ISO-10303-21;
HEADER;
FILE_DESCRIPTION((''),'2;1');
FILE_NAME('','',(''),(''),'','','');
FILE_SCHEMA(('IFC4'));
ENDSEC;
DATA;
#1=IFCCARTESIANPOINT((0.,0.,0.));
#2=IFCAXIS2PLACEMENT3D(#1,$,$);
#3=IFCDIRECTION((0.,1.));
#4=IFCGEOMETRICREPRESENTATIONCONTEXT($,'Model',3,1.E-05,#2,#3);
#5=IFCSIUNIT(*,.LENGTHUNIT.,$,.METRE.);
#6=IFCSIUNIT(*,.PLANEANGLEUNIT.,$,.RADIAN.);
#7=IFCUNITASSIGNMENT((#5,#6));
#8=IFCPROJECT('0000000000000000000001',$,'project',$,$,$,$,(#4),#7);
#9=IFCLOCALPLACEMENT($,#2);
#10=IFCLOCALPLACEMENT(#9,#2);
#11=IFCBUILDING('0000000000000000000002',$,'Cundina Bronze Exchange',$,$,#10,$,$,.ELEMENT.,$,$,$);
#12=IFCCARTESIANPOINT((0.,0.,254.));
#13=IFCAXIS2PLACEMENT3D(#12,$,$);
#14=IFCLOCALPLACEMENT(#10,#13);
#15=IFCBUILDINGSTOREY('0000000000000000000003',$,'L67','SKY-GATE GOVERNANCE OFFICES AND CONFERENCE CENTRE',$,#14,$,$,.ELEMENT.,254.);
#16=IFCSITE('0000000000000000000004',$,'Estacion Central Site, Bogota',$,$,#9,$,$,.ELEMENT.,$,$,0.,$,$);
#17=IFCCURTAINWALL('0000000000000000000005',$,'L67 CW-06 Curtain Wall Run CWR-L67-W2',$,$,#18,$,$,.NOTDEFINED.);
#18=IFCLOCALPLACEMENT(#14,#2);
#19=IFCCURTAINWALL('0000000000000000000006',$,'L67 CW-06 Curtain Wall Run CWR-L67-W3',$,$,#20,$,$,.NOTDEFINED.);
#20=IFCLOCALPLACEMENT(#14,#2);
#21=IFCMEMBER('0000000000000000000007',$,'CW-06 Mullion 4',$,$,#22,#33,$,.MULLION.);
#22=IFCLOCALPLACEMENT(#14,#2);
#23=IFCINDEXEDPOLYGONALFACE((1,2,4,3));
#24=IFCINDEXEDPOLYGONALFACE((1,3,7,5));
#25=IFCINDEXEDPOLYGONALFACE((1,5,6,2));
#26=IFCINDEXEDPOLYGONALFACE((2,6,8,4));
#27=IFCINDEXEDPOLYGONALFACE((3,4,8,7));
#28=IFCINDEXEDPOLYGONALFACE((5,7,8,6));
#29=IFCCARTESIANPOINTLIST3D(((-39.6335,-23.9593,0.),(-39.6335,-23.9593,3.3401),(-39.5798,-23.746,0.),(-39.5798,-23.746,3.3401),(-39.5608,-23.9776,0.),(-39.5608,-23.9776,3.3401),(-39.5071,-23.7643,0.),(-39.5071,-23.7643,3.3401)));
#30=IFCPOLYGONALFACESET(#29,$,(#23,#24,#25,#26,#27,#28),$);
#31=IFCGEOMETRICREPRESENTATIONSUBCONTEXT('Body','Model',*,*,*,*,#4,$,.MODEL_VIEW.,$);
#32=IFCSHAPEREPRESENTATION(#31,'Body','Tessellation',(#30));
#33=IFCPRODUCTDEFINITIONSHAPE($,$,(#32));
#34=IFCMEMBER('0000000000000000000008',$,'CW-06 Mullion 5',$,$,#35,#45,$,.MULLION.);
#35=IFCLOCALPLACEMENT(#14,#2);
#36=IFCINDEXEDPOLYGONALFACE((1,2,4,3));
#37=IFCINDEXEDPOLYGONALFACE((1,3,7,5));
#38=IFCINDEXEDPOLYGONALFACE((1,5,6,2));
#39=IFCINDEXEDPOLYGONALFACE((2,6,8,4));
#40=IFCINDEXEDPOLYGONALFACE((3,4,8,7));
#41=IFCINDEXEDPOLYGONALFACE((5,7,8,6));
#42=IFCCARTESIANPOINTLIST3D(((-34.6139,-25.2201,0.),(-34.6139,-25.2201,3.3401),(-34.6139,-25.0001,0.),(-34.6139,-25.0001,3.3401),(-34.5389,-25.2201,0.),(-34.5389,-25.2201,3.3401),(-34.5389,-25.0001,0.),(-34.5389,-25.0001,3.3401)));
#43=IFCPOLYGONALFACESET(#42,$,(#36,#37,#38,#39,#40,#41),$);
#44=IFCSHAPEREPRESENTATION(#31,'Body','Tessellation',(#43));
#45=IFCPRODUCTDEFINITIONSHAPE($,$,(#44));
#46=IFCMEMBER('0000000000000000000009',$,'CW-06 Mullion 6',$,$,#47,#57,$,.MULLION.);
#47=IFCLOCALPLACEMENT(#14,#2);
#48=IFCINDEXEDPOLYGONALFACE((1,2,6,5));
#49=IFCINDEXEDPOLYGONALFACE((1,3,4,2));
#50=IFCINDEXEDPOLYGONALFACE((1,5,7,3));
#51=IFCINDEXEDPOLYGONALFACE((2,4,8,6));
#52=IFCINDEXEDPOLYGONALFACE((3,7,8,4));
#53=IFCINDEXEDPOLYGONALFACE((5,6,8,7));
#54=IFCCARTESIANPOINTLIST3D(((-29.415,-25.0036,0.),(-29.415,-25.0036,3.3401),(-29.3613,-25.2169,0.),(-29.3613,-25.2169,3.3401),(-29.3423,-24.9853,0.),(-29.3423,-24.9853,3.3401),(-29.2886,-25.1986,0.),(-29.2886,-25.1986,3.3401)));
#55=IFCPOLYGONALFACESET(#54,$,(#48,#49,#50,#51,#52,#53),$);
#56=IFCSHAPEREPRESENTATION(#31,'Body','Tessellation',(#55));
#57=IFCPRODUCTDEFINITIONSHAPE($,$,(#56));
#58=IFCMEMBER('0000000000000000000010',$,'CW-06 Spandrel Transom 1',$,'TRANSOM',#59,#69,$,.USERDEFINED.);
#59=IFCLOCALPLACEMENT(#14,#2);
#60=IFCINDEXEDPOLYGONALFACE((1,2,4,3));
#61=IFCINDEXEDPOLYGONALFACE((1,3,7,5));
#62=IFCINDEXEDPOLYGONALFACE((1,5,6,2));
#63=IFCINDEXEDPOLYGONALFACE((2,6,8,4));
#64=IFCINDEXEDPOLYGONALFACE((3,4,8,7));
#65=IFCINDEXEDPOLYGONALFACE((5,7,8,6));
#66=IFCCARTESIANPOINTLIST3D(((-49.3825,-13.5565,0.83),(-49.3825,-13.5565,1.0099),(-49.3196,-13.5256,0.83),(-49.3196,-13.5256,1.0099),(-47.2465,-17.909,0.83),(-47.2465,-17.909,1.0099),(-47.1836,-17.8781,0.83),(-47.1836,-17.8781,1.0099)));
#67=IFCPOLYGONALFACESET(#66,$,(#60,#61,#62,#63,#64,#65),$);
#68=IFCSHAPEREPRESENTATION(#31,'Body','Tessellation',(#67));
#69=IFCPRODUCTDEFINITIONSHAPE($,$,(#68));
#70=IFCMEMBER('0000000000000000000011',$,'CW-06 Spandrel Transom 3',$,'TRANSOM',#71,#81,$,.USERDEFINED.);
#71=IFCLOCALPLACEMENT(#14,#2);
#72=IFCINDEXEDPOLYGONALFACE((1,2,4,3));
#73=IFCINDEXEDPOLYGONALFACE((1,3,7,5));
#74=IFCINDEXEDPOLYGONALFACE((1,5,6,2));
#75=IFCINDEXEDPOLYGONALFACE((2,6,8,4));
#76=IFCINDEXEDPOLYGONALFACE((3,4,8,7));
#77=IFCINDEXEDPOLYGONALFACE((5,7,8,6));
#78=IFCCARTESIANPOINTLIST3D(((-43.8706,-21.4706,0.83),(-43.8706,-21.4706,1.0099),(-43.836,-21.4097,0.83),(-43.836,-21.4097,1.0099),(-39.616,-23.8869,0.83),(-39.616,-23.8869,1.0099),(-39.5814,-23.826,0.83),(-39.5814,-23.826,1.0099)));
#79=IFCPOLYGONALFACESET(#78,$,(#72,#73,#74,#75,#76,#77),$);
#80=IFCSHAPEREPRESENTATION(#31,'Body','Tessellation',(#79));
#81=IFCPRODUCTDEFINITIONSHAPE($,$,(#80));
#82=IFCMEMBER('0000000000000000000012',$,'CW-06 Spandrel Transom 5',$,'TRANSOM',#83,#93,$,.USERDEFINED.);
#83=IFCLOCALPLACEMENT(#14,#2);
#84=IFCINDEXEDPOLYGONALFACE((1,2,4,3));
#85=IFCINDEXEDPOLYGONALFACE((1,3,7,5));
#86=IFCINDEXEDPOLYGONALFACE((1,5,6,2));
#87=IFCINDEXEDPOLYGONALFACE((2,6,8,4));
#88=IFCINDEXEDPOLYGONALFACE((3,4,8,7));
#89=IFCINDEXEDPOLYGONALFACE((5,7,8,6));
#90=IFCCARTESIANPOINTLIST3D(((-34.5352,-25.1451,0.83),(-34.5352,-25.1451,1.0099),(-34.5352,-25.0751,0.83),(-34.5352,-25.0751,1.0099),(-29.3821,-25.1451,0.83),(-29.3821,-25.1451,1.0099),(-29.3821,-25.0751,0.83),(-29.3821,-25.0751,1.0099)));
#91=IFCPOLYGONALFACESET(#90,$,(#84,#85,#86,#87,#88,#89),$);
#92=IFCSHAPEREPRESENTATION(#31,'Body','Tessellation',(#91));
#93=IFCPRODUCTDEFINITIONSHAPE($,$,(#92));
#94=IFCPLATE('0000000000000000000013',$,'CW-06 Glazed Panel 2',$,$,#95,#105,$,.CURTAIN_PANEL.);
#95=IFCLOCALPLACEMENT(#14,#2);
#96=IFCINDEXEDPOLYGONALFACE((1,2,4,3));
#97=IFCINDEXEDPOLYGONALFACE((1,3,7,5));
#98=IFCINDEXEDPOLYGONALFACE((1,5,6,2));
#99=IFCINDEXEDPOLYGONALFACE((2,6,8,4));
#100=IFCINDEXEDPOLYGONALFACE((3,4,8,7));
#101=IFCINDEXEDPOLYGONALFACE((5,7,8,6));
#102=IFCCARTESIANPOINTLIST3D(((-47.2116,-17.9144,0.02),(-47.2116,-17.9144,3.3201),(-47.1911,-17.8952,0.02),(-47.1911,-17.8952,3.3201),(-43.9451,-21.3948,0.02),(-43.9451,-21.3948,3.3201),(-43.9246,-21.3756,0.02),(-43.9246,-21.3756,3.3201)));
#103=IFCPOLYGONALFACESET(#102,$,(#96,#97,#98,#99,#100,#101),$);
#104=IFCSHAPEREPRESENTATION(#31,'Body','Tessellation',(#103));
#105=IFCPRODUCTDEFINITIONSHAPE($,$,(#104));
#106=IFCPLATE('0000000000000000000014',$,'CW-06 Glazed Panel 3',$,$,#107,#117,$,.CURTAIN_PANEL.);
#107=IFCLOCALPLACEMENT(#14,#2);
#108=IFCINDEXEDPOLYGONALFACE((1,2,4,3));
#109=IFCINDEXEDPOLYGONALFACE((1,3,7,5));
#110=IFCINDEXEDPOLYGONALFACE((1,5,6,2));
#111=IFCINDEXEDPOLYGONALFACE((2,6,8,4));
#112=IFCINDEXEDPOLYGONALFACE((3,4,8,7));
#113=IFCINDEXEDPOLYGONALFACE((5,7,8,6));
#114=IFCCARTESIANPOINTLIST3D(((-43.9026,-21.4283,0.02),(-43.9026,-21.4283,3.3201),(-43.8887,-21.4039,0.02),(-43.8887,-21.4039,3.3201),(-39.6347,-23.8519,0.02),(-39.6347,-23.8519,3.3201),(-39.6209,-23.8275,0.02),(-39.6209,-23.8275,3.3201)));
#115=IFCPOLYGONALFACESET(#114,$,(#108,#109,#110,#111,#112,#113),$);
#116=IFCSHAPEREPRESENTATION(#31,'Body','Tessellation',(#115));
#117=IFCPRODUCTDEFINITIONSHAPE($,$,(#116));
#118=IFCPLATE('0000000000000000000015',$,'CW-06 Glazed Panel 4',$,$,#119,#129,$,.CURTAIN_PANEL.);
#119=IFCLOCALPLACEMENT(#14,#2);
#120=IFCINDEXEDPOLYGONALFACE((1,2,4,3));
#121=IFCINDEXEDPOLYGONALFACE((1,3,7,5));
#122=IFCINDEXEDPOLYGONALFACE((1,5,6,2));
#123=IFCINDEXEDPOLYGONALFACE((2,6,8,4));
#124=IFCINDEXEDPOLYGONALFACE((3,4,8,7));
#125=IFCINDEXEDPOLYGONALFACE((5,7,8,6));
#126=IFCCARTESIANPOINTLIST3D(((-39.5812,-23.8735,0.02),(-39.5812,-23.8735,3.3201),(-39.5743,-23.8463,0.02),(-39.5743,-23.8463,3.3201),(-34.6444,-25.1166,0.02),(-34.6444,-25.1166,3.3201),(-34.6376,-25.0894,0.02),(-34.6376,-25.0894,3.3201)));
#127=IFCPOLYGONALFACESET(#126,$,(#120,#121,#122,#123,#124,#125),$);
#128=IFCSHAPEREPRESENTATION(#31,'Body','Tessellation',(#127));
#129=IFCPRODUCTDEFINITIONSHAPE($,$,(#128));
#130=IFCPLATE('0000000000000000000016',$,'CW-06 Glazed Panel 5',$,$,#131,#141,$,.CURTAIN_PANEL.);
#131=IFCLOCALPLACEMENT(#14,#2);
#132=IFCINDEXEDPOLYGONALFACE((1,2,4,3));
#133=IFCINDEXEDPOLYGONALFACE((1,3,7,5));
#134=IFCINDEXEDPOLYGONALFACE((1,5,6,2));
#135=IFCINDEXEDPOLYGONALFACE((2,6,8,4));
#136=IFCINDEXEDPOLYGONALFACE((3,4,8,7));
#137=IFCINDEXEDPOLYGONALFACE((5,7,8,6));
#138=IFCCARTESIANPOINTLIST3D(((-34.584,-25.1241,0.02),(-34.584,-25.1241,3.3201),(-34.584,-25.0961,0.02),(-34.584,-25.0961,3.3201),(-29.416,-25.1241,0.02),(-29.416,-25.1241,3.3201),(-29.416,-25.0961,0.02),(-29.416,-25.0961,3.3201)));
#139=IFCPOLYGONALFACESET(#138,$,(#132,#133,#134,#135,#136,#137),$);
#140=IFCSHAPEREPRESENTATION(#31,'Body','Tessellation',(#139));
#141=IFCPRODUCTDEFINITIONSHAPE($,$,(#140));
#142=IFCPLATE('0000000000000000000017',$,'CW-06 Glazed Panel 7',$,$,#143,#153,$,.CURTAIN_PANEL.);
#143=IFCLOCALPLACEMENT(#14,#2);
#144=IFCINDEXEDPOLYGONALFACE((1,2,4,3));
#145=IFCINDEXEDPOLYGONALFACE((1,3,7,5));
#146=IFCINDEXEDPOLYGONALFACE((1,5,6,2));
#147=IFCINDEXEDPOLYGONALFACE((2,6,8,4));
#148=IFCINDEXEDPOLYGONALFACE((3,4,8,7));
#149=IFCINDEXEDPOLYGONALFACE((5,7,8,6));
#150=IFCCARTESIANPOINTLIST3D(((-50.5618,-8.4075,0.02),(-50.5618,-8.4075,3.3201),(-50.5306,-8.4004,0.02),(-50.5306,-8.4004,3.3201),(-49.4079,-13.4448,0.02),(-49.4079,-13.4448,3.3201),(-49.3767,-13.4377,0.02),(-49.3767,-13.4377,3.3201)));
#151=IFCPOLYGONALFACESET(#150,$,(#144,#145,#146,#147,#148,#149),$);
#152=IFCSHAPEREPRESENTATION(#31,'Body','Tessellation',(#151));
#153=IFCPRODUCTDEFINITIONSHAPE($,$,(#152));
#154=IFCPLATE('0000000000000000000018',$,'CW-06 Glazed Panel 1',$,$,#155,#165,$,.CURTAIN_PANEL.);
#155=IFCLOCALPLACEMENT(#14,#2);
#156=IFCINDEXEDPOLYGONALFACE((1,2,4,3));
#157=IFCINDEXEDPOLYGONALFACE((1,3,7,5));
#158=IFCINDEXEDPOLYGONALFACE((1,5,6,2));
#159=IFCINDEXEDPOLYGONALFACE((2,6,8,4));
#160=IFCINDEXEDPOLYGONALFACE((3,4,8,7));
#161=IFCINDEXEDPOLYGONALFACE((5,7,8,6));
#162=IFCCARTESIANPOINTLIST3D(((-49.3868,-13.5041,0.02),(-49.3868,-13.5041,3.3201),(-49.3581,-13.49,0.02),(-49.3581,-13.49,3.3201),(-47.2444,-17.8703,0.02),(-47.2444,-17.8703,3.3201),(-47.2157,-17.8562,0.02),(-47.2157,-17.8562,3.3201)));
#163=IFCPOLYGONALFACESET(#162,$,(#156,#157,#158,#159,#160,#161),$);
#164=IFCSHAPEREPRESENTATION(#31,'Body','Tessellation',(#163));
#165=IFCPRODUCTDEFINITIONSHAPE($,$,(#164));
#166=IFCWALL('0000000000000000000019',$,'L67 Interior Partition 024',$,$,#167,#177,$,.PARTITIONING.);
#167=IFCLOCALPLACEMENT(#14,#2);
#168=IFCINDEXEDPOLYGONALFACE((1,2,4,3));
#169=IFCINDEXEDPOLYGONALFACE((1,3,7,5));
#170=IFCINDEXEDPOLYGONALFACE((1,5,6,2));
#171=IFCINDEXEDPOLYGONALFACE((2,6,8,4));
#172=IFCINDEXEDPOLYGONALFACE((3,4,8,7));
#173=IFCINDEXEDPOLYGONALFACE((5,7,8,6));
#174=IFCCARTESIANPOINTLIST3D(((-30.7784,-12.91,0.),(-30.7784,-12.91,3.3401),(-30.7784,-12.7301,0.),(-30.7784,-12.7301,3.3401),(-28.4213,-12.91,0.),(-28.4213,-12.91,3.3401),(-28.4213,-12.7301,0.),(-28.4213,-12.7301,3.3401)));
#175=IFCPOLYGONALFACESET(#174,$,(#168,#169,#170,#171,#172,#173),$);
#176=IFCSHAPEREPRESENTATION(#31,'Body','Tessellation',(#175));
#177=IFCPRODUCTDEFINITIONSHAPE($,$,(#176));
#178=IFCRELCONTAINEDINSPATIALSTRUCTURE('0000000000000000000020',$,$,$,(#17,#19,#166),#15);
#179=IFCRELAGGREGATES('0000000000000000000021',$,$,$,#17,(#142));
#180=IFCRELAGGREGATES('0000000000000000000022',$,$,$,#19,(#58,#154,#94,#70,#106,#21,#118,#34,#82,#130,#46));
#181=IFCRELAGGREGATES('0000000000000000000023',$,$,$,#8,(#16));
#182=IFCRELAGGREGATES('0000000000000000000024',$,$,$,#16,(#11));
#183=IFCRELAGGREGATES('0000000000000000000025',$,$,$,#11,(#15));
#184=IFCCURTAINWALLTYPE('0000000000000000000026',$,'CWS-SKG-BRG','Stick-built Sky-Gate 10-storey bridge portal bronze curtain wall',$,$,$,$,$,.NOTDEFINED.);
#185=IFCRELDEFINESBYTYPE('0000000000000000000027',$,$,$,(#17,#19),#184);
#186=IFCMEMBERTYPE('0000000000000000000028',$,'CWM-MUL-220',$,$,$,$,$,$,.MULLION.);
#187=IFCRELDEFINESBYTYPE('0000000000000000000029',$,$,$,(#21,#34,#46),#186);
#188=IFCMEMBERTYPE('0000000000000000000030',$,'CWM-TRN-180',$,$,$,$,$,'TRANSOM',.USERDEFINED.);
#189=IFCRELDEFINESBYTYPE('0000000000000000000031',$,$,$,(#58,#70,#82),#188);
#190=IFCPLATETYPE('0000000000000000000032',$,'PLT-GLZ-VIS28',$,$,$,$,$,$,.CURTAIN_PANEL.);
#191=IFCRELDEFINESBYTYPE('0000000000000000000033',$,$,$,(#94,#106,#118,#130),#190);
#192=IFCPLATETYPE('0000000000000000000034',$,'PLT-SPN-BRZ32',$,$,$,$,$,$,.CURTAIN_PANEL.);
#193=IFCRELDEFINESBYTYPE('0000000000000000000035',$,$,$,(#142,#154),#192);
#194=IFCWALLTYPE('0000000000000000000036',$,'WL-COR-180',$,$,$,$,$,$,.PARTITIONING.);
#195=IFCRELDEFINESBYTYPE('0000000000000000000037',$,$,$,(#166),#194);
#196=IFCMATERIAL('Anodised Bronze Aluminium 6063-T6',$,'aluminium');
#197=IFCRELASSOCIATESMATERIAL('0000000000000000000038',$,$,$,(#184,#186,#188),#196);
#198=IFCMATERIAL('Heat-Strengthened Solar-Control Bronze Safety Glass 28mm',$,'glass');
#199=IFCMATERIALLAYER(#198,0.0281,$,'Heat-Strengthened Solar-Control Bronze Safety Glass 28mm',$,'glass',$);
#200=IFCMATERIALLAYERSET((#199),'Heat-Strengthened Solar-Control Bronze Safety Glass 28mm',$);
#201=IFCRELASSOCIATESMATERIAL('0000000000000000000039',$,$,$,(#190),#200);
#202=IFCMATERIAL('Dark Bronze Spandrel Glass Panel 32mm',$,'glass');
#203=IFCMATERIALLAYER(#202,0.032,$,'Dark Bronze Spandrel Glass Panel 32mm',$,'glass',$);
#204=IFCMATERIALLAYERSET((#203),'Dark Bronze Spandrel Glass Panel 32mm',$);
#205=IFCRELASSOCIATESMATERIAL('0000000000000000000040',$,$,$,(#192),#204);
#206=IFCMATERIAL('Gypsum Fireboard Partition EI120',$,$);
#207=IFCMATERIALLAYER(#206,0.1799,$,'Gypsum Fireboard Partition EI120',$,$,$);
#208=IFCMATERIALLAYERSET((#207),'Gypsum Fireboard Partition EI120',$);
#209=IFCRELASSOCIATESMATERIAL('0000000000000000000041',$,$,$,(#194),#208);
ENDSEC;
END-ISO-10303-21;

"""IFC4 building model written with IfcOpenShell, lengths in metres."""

from ifc_helpers import new_model, si_unit, direction, frame, frame_2d, origin, origin_2d, place, context, subcontext, project, spatial, rectangle, extrude, material, layer, layer_set, material_profile, profile_set, type_object, element, aggregate, save


model = new_model("IFC4")

# Units and contexts
model_context = context("Model", 3, precision=1e-05, world=origin(), true_north=direction((0.0, 1.0)))
body_context = subcontext(model_context, "Body", "Model", "MODEL_VIEW")
ifc_project = project(units=[si_unit("LENGTHUNIT", "METRE"), si_unit("PLANEANGLEUNIT", "RADIAN")], contexts=[model_context])

# Site, building, storey
site_placement = place(None, origin())
site = spatial("IfcSite", under=ifc_project, at=site_placement, Name="Estacion Central Site, Bogota", CompositionType="ELEMENT", RefElevation=0.0)
building_placement = place(site_placement, origin())
building = spatial("IfcBuilding", under=site, at=building_placement, Name="Cundina Bronze Exchange", CompositionType="ELEMENT")
storey_placement = place(building_placement, frame((0.0, 0.0, 254.0)))
storey = spatial("IfcBuildingStorey", under=building, at=storey_placement, Name="L67", Description="SKY-GATE GOVERNANCE OFFICES AND CONFERENCE CENTRE", CompositionType="ELEMENT", Elevation=254.0)

# Curtain wall
ifc_material_1 = material(Name="Anodised Bronze Aluminium 6063-T6", Category="aluminium")
curtain_wall_type = type_object("IfcCurtainWallType", Name="CWS-SKG-BRG", Description="Stick-built Sky-Gate 10-storey bridge portal bronze curtain wall", PredefinedType="NOTDEFINED", material=ifc_material_1)
curtain_wall_1_placement = place(storey_placement, origin())
curtain_wall_1 = element("IfcCurtainWall", 1, at=curtain_wall_1_placement, inside=storey, type_object=curtain_wall_type, Name="L67 CW-06 Curtain Wall Run CWR-L67-W2", PredefinedType="NOTDEFINED")
ifc_material_profile_1 = material_profile(ifc_material_1, rectangle(XDim=0.075, YDim=0.22, at=origin_2d()), Name="AL75X220", Category="aluminium")
ifc_profile_set_1 = profile_set([ifc_material_profile_1], Name="Anodised Bronze Aluminium 6063-T6")
member_type_1 = type_object("IfcMemberType", Name="CWM-MUL-220", PredefinedType="MULLION", material=ifc_profile_set_1)

# Curtain wall, members, plates
curtain_wall_2_placement = place(storey_placement, origin())
curtain_wall_2 = element("IfcCurtainWall", 2, at=curtain_wall_2_placement, inside=storey, type_object=curtain_wall_type, Name="L67 CW-06 Curtain Wall Run CWR-L67-W3", PredefinedType="NOTDEFINED")
member_1_placement = place(storey_placement, frame((-39.5703, -23.8618, 0.0), z_axis=(0.0, 0.0, 1.0), x_axis=(0.969744, -0.244123, 0.0)))
member_1 = element("IfcMember", 3, at=member_1_placement, type_object=member_type_1, Name="CW-06 Mullion 4", PredefinedType="MULLION", context=body_context, shape_type="SweptSolid", body=[
    extrude(rectangle(XDim=0.075, YDim=0.22, at=origin_2d()), origin(), (0.0, 0.0, 1.0), 3.3401),
])
member_2_placement = place(storey_placement, frame((-34.5764, -25.1101, 0.0), z_axis=(0.0, 0.0, 1.0), x_axis=(1.0, 0.0, 0.0)))
member_2 = element("IfcMember", 4, at=member_2_placement, type_object=member_type_1, Name="CW-06 Mullion 5", PredefinedType="MULLION", context=body_context, shape_type="SweptSolid", body=[
    extrude(rectangle(XDim=0.075, YDim=0.22, at=origin_2d()), origin(), (0.0, 0.0, 1.0), 3.3401),
])
member_3_placement = place(storey_placement, frame((-29.3518, -25.1011, 0.0), z_axis=(0.0, 0.0, 1.0), x_axis=(0.969744, 0.244123, 0.0)))
member_3 = element("IfcMember", 5, at=member_3_placement, type_object=member_type_1, Name="CW-06 Mullion 6", PredefinedType="MULLION", context=body_context, shape_type="SweptSolid", body=[
    extrude(rectangle(XDim=0.075, YDim=0.22, at=origin_2d()), origin(), (0.0, 0.0, 1.0), 3.3401),
])
ifc_material_profile_2 = material_profile(ifc_material_1, rectangle(XDim=0.0701, YDim=0.1799, at=origin_2d()), Name="AL70X180", Category="aluminium")
ifc_profile_set_2 = profile_set([ifc_material_profile_2], Name="Anodised Bronze Aluminium 6063-T6")
member_type_2 = type_object("IfcMemberType", Name="CWM-TRN-180", ElementType="TRANSOM", PredefinedType="USERDEFINED", material=ifc_profile_set_2)
member_4_placement = place(storey_placement, frame((-49.3511, -13.541, 0.9199), z_axis=(0.440554, -0.897726, 0.0), x_axis=(0.897726, 0.440554, 0.0)))
member_4 = element("IfcMember", 6, at=member_4_placement, type_object=member_type_2, Name="CW-06 Spandrel Transom 1", ObjectType="TRANSOM", PredefinedType="USERDEFINED", context=body_context, shape_type="SweptSolid", body=[
    extrude(rectangle(XDim=0.0701, YDim=0.1799, at=origin_2d()), origin(), (0.0, 0.0, 1.0), 4.8484),
])
member_5_placement = place(storey_placement, frame((-43.8533, -21.4402, 0.9199), z_axis=(0.869557, -0.493832, 0.0), x_axis=(0.493832, 0.869557, 0.0)))
member_5 = element("IfcMember", 7, at=member_5_placement, type_object=member_type_2, Name="CW-06 Spandrel Transom 3", ObjectType="TRANSOM", PredefinedType="USERDEFINED", context=body_context, shape_type="SweptSolid", body=[
    extrude(rectangle(XDim=0.0701, YDim=0.1799, at=origin_2d()), origin(), (0.0, 0.0, 1.0), 4.8928),
])
member_6_placement = place(storey_placement, frame((-34.5352, -25.1101, 0.9199), z_axis=(1.0, 0.0, 0.0), x_axis=(0.0, 1.0, 0.0)))
member_6 = element("IfcMember", 8, at=member_6_placement, type_object=member_type_2, Name="CW-06 Spandrel Transom 5", ObjectType="TRANSOM", PredefinedType="USERDEFINED", context=body_context, shape_type="SweptSolid", body=[
    extrude(rectangle(XDim=0.0701, YDim=0.1799, at=origin_2d()), origin(), (0.0, 0.0, 1.0), 5.1531),
])
ifc_material_2 = material(Name="Heat-Strengthened Solar-Control Bronze Safety Glass 28mm", Category="glass")
ifc_layer_1 = layer(ifc_material_2, 0.0281, Name="Heat-Strengthened Solar-Control Bronze Safety Glass 28mm", Category="glass")
ifc_layer_set_1 = layer_set([ifc_layer_1], Name="Heat-Strengthened Solar-Control Bronze Safety Glass 28mm")
plate_type_1 = type_object("IfcPlateType", Name="PLT-GLZ-VIS28", PredefinedType="CURTAIN_PANEL", material=ifc_layer_set_1)
plate_1_placement = place(storey_placement, frame((-45.5681, -19.645, 0.02), z_axis=(0.0, 0.0, 1.0), x_axis=(0.684344, -0.72916, 0.0)))
plate_1 = element("IfcPlate", 9, at=plate_1_placement, type_object=plate_type_1, Name="CW-06 Glazed Panel 2", PredefinedType="CURTAIN_PANEL", context=body_context, shape_type="SweptSolid", body=[
    extrude(rectangle(XDim=4.7732, YDim=0.0281, at=origin_2d()), origin(), (0.0, 0.0, 1.0), 3.3),
])
plate_2_placement = place(storey_placement, frame((-41.7617, -22.6279, 0.02), z_axis=(0.0, 0.0, 1.0), x_axis=(0.869573, -0.493805, 0.0)))
plate_2 = element("IfcPlate", 10, at=plate_2_placement, type_object=plate_type_1, Name="CW-06 Glazed Panel 3", PredefinedType="CURTAIN_PANEL", context=body_context, shape_type="SweptSolid", body=[
    extrude(rectangle(XDim=4.908, YDim=0.0281, at=origin_2d()), origin(), (0.0, 0.0, 1.0), 3.3),
])
plate_3_placement = place(storey_placement, frame((-37.1094, -24.4814, 0.02), z_axis=(0.0, 0.0, 1.0), x_axis=(0.969732, -0.244174, 0.0)))
plate_3 = element("IfcPlate", 11, at=plate_3_placement, type_object=plate_type_1, Name="CW-06 Glazed Panel 4", PredefinedType="CURTAIN_PANEL", context=body_context, shape_type="SweptSolid", body=[
    extrude(rectangle(XDim=5.0908, YDim=0.0281, at=origin_2d()), origin(), (0.0, 0.0, 1.0), 3.3),
])
plate_4_placement = place(storey_placement, frame((-32.0, -25.1101, 0.02), z_axis=(0.0, 0.0, 1.0), x_axis=(1.0, 0.0, 0.0)))
plate_4 = element("IfcPlate", 12, at=plate_4_placement, type_object=plate_type_1, Name="CW-06 Glazed Panel 5", PredefinedType="CURTAIN_PANEL", context=body_context, shape_type="SweptSolid", body=[
    extrude(rectangle(XDim=5.168, YDim=0.0281, at=origin_2d()), origin(), (0.0, 0.0, 1.0), 3.3),
])

# Plates
ifc_material_3 = material(Name="Dark Bronze Spandrel Glass Panel 32mm", Category="glass")
ifc_layer_2 = layer(ifc_material_3, 0.032, Name="Dark Bronze Spandrel Glass Panel 32mm", Category="glass")
ifc_layer_set_2 = layer_set([ifc_layer_2], Name="Dark Bronze Spandrel Glass Panel 32mm")
plate_type_2 = type_object("IfcPlateType", Name="PLT-SPN-BRZ32", PredefinedType="CURTAIN_PANEL", material=ifc_layer_set_2)
plate_5_placement = place(storey_placement, frame((-49.9692, -10.9226, 0.02), z_axis=(0.0, 0.0, 1.0), x_axis=(0.223284, -0.974753, 0.0)))
plate_5 = element("IfcPlate", 13, at=plate_5_placement, type_object=plate_type_2, Name="CW-06 Glazed Panel 7", PredefinedType="CURTAIN_PANEL", context=body_context, shape_type="SweptSolid", body=[
    extrude(rectangle(XDim=5.1677, YDim=0.032, at=origin_2d()), origin(), (0.0, 0.0, 1.0), 3.3),
])
aggregate(curtain_wall_1, [plate_5])
plate_6_placement = place(storey_placement, frame((-48.3013, -15.6802, 0.02), z_axis=(0.0, 0.0, 1.0), x_axis=(0.440503, -0.897751, 0.0)))
plate_6 = element("IfcPlate", 14, at=plate_6_placement, type_object=plate_type_2, Name="CW-06 Glazed Panel 1", PredefinedType="CURTAIN_PANEL", context=body_context, shape_type="SweptSolid", body=[
    extrude(rectangle(XDim=4.8635, YDim=0.032, at=origin_2d()), origin(), (0.0, 0.0, 1.0), 3.3),
])
aggregate(curtain_wall_2, [member_4, plate_6, plate_1, member_5, plate_2, member_1, plate_3, member_2, member_6, plate_4, member_3])

# Shared definitions
ifc_material_4 = material(Name="Gypsum Fireboard Partition EI120")
ifc_layer_3 = layer(ifc_material_4, 0.1799, Name="Gypsum Fireboard Partition EI120")
ifc_layer_set_3 = layer_set([ifc_layer_3], Name="Gypsum Fireboard Partition EI120")
wall_type_1 = type_object("IfcWallType", Name="WL-COR-180", PredefinedType="PARTITIONING", material=ifc_layer_set_3)

# Wall
wall_1_placement = place(storey_placement, frame((-30.7786, -12.8201, 0.0), z_axis=(0.0, 0.0, 1.0), x_axis=(1.0, 0.0, 0.0)))
element("IfcWall", 15, at=wall_1_placement, inside=storey, type_object=wall_type_1, Name="L67 Interior Partition 024", PredefinedType="PARTITIONING", context=body_context, shape_type="SweptSolid", body=[
    extrude(rectangle(XDim=2.3572, YDim=0.1799, at=frame_2d((1.1787, 0.0))), origin(), (0.0, 0.0, 1.0), 3.3401),
])

save(model, "model.ifc")
